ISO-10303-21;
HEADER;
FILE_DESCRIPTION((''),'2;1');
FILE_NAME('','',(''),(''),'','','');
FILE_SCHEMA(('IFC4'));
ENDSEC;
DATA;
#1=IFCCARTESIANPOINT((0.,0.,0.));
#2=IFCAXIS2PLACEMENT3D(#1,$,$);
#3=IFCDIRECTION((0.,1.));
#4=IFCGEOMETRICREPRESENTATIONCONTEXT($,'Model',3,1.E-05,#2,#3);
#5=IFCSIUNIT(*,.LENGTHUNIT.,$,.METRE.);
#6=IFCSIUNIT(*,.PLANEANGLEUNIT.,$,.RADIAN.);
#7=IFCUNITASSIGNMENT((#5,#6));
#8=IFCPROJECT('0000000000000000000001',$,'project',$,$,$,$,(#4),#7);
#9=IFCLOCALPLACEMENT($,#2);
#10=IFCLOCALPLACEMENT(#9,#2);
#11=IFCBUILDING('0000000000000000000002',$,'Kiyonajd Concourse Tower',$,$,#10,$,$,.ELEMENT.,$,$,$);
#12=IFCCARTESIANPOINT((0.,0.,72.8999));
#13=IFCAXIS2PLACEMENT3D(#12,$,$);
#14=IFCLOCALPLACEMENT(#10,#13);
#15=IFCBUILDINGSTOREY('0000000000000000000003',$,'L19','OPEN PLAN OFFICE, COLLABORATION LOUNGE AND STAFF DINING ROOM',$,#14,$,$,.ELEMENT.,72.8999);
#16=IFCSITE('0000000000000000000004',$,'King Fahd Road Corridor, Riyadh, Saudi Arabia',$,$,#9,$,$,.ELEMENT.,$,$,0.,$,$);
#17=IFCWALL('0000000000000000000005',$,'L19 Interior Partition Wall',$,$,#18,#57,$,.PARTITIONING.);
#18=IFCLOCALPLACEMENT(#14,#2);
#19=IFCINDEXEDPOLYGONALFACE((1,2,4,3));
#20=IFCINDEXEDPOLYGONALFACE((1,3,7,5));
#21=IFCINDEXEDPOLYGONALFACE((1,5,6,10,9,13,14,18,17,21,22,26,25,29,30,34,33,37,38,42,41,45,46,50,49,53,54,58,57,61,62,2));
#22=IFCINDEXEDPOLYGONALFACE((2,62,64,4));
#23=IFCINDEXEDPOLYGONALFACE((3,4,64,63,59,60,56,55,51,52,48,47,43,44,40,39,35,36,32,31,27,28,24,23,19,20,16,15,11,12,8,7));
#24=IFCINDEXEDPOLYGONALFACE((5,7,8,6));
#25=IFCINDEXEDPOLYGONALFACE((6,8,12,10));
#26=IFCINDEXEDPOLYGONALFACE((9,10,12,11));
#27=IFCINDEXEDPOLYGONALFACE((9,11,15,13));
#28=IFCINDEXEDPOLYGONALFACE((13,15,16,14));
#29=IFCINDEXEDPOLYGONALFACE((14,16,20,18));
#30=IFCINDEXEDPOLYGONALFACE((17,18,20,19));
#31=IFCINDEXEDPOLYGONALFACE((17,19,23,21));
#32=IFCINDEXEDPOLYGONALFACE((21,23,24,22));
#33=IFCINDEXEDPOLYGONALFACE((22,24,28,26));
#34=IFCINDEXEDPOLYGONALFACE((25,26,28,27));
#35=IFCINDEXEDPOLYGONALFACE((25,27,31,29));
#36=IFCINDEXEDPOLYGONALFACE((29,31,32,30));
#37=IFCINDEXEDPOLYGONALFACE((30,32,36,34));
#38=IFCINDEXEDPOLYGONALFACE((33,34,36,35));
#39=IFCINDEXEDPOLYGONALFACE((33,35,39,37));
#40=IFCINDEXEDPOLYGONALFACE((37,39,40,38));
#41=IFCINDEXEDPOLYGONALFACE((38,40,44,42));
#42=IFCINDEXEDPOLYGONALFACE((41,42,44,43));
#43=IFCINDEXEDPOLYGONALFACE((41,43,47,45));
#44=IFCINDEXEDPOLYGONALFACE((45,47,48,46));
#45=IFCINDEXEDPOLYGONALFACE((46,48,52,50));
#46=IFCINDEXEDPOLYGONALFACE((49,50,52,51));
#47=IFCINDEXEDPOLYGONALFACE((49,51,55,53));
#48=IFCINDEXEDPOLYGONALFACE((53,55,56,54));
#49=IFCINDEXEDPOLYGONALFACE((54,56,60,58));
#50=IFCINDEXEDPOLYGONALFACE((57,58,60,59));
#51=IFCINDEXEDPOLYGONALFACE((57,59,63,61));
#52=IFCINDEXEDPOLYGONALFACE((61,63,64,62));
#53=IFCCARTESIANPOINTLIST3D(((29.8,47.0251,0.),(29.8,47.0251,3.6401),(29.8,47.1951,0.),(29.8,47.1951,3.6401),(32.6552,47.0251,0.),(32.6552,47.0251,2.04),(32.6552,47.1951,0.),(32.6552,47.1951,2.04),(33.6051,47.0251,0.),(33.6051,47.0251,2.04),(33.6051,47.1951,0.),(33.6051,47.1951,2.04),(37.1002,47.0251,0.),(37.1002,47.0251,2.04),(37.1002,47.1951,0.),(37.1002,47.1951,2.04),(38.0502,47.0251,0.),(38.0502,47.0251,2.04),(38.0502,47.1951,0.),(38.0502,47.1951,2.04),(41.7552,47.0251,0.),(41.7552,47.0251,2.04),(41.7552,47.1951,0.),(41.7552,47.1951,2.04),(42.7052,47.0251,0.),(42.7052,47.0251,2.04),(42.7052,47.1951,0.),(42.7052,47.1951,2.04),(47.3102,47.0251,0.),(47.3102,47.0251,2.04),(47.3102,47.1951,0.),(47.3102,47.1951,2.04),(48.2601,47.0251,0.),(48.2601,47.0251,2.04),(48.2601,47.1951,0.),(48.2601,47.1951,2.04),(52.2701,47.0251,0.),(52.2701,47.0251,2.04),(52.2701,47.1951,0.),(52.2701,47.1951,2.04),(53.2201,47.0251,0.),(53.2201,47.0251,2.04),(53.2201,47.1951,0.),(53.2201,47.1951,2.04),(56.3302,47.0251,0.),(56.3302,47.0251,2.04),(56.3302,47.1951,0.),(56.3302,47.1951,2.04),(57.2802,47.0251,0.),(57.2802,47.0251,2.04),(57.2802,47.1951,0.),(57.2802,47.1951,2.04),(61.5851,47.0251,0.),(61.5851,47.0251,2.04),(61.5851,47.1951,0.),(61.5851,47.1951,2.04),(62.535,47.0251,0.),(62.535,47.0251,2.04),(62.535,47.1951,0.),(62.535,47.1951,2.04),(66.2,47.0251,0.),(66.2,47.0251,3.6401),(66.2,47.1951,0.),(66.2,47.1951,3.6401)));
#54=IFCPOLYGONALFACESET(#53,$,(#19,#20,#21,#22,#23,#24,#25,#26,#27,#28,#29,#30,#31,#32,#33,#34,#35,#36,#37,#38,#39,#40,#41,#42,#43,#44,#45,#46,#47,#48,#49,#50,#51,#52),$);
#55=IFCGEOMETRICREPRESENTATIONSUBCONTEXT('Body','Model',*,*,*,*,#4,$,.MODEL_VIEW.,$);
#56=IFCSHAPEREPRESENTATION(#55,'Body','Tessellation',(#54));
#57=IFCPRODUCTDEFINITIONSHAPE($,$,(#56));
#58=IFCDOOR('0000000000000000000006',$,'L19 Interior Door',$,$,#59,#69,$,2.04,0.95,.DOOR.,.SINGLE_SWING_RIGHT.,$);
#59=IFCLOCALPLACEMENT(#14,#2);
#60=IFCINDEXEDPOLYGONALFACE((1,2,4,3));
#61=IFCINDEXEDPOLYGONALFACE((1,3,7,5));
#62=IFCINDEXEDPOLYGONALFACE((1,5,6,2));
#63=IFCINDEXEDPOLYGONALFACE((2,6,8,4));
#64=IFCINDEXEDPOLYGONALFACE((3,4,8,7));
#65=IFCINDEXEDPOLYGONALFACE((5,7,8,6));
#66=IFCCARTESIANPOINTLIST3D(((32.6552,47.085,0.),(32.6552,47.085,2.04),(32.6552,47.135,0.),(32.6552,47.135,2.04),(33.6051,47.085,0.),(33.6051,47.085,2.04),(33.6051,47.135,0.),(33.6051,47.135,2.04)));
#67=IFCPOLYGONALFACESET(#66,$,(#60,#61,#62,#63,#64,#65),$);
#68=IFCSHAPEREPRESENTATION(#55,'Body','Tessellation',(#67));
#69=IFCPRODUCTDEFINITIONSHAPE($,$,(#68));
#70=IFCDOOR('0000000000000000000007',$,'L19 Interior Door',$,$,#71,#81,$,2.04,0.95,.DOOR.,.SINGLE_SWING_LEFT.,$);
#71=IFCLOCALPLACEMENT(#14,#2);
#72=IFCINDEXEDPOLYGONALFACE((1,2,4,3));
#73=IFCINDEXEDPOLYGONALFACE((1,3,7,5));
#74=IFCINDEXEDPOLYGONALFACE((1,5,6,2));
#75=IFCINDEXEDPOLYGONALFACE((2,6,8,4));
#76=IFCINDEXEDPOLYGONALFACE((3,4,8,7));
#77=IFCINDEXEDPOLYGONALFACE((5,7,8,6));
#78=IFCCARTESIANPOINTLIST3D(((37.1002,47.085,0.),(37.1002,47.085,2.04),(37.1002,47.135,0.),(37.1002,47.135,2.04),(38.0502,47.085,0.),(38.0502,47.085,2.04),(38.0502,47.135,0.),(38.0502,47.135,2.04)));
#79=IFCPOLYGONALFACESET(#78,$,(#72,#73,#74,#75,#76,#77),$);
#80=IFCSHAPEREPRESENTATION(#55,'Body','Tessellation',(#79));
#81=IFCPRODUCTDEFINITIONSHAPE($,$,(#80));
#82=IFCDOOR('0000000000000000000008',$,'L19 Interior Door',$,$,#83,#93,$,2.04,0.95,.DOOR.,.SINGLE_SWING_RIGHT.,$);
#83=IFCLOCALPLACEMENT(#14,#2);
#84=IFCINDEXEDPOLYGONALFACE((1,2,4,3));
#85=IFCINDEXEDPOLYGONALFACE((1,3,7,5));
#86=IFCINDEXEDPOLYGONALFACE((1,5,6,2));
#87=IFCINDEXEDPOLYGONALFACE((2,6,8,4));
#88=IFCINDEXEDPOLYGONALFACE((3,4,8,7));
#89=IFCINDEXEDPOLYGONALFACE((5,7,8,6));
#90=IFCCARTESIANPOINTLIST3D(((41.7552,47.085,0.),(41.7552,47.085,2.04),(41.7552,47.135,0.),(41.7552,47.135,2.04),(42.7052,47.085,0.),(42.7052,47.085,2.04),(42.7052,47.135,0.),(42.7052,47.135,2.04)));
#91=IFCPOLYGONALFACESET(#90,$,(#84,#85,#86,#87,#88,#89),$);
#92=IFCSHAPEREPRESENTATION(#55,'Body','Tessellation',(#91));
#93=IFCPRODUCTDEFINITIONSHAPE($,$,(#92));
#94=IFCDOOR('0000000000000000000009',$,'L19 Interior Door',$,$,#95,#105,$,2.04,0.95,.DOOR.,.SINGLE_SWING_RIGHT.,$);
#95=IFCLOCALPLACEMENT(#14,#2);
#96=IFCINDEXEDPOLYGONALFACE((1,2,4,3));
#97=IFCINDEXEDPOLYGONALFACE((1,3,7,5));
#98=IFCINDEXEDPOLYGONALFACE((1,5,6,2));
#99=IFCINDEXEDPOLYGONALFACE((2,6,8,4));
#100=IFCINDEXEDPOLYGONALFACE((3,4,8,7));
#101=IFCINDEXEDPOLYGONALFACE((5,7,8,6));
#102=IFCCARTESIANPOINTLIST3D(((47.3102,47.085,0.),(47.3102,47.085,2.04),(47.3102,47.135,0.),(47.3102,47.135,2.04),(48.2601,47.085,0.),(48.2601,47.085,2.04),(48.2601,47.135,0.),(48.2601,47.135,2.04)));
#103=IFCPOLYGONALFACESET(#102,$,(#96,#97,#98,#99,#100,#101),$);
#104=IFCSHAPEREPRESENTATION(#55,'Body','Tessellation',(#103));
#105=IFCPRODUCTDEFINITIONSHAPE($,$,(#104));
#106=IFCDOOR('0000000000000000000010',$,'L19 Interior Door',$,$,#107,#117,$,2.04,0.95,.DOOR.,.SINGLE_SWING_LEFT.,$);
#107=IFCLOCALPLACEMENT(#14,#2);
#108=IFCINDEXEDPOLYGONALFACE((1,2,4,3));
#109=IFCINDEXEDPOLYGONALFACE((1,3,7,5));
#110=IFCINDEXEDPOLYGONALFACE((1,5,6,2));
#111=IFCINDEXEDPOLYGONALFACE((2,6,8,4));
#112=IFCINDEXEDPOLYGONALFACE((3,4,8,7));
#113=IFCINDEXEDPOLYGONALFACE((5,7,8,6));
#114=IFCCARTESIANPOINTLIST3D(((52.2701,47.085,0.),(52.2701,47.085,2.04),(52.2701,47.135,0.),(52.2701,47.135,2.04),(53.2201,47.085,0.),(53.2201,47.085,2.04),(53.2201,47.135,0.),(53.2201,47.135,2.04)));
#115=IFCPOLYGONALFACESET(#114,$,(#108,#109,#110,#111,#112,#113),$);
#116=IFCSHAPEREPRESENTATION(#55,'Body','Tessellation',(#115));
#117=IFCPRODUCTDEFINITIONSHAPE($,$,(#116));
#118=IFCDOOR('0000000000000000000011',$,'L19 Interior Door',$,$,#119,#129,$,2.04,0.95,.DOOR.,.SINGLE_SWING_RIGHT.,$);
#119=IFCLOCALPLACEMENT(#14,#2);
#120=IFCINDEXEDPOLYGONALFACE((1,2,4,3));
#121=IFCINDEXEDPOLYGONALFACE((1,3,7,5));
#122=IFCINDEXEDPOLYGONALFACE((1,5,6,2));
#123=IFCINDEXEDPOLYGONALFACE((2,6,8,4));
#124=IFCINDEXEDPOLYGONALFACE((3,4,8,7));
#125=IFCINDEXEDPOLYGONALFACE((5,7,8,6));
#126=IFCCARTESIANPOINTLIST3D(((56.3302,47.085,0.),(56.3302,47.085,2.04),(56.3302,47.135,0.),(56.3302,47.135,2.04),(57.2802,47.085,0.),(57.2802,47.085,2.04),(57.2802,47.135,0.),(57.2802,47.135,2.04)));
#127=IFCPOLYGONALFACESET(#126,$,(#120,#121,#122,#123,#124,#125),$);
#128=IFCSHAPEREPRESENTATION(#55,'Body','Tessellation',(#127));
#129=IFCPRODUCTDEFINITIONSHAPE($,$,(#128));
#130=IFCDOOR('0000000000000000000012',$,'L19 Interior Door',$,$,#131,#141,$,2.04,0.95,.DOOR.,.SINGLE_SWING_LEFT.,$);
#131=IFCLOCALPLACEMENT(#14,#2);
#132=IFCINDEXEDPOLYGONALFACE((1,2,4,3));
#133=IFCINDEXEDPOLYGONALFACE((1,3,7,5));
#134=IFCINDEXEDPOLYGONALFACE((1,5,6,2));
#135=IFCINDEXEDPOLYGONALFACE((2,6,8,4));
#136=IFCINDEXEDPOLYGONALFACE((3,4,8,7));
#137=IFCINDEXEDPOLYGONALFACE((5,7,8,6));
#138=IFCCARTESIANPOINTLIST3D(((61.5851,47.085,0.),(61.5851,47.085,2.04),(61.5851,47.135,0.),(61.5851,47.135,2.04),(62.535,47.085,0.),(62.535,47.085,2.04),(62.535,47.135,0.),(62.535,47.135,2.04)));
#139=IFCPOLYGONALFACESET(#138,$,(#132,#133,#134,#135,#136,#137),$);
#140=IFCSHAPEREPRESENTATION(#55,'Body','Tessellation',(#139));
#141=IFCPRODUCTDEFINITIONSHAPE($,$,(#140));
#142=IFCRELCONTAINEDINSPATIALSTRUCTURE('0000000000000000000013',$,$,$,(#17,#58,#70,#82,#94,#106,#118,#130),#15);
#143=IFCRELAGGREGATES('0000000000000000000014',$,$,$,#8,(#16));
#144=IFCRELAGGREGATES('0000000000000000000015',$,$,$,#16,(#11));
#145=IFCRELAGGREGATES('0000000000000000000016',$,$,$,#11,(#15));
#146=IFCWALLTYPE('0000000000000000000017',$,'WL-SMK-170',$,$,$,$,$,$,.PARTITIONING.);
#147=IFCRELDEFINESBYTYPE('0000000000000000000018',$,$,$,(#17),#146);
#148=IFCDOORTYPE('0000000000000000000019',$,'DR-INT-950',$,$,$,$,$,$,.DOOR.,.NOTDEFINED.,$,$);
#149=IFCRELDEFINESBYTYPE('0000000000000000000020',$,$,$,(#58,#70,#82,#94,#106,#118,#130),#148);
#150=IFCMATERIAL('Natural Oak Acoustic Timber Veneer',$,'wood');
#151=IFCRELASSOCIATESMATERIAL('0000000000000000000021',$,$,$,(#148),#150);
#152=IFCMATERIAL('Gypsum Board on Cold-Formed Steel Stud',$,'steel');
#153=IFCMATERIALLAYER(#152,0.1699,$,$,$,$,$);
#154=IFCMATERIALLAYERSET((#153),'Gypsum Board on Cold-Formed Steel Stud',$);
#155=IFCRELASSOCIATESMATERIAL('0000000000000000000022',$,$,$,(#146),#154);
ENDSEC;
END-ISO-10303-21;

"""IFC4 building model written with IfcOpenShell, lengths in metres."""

from ifc_helpers import new_model, si_unit, direction, frame, frame_2d, origin, place, context, subcontext, project, spatial, rectangle, extrude, material, layer, layer_set, type_object, element, fill, save


model = new_model("IFC4")

# Units and contexts
model_context = context("Model", 3, precision=1e-05, world=origin(), true_north=direction((0.0, 1.0)))
body_context = subcontext(model_context, "Body", "Model", "MODEL_VIEW")
ifc_project = project(units=[si_unit("LENGTHUNIT", "METRE"), si_unit("PLANEANGLEUNIT", "RADIAN")], contexts=[model_context])

# Site, building, storey
site_placement = place(None, origin())
site = spatial("IfcSite", under=ifc_project, at=site_placement, Name="King Fahd Road Corridor, Riyadh, Saudi Arabia", CompositionType="ELEMENT", RefElevation=0.0)
building_placement = place(site_placement, origin())
building = spatial("IfcBuilding", under=site, at=building_placement, Name="Kiyonajd Concourse Tower", CompositionType="ELEMENT")
storey_placement = place(building_placement, frame((0.0, 0.0, 72.8999)))
storey = spatial("IfcBuildingStorey", under=building, at=storey_placement, Name="L19", Description="OPEN PLAN OFFICE, COLLABORATION LOUNGE AND STAFF DINING ROOM", CompositionType="ELEMENT", Elevation=72.8999)

# Shared definitions
ifc_material_1 = material(Name="Natural Oak Acoustic Timber Veneer", Category="wood")
door_type_1 = type_object("IfcDoorType", Name="DR-INT-950", OperationType="NOTDEFINED", PredefinedType="DOOR", material=ifc_material_1)

# Shared definitions
ifc_material_2 = material(Name="Gypsum Board on Cold-Formed Steel Stud", Category="steel")

# Wall, openings, doors
ifc_layer_1 = layer(ifc_material_2, 0.1699)
ifc_layer_set_1 = layer_set([ifc_layer_1], Name="Gypsum Board on Cold-Formed Steel Stud")
wall_type_1 = type_object("IfcWallType", Name="WL-SMK-170", PredefinedType="PARTITIONING", material=ifc_layer_set_1)
wall_1_placement = place(storey_placement, frame((29.8, 47.1101, 0.0), z_axis=(0.0, 0.0, 1.0), x_axis=(1.0, 0.0, 0.0)))
wall_1 = element("IfcWall", 1, at=wall_1_placement, inside=storey, type_object=wall_type_1, Name="L19 Interior Partition Wall", PredefinedType="PARTITIONING", context=body_context, shape_type="SweptSolid", body=[
    extrude(rectangle(XDim=36.3999, YDim=0.1699, at=frame_2d((18.2, 0.0))), origin(), (0.0, 0.0, 1.0), 3.6401),
])
opening_1_placement = place(wall_1_placement, frame((2.855, 0.0, 0.0)))
opening_1 = element("IfcOpeningElement", 2, at=opening_1_placement, cuts=wall_1, PredefinedType="OPENING", context=body_context, shape_type="SweptSolid", body=[
    extrude(rectangle(XDim=0.95, YDim=2.04, at=frame_2d((0.4751, 1.02))), frame((0.0, 0.095, 0.0), z_axis=(0.0, -1.0, 0.0), x_axis=(1.0, 0.0, 0.0)), (0.0, 0.0, 1.0), 0.1899),
])
opening_2_placement = place(wall_1_placement, frame((7.3, 0.0, 0.0)))
opening_2 = element("IfcOpeningElement", 3, at=opening_2_placement, cuts=wall_1, PredefinedType="OPENING", context=body_context, shape_type="SweptSolid", body=[
    extrude(rectangle(XDim=0.95, YDim=2.04, at=frame_2d((0.4751, 1.02))), frame((0.0, 0.095, 0.0), z_axis=(0.0, -1.0, 0.0), x_axis=(1.0, 0.0, 0.0)), (0.0, 0.0, 1.0), 0.1899),
])
opening_3_placement = place(wall_1_placement, frame((11.9551, 0.0, 0.0)))
opening_3 = element("IfcOpeningElement", 4, at=opening_3_placement, cuts=wall_1, PredefinedType="OPENING", context=body_context, shape_type="SweptSolid", body=[
    extrude(rectangle(XDim=0.95, YDim=2.04, at=frame_2d((0.4751, 1.02))), frame((0.0, 0.095, 0.0), z_axis=(0.0, -1.0, 0.0), x_axis=(1.0, 0.0, 0.0)), (0.0, 0.0, 1.0), 0.1899),
])
opening_4_placement = place(wall_1_placement, frame((17.51, 0.0, 0.0)))
opening_4 = element("IfcOpeningElement", 5, at=opening_4_placement, cuts=wall_1, PredefinedType="OPENING", context=body_context, shape_type="SweptSolid", body=[
    extrude(rectangle(XDim=0.95, YDim=2.04, at=frame_2d((0.4751, 1.02))), frame((0.0, 0.095, 0.0), z_axis=(0.0, -1.0, 0.0), x_axis=(1.0, 0.0, 0.0)), (0.0, 0.0, 1.0), 0.1899),
])
opening_5_placement = place(wall_1_placement, frame((22.47, 0.0, 0.0)))
opening_5 = element("IfcOpeningElement", 6, at=opening_5_placement, cuts=wall_1, PredefinedType="OPENING", context=body_context, shape_type="SweptSolid", body=[
    extrude(rectangle(XDim=0.95, YDim=2.04, at=frame_2d((0.4751, 1.02))), frame((0.0, 0.095, 0.0), z_axis=(0.0, -1.0, 0.0), x_axis=(1.0, 0.0, 0.0)), (0.0, 0.0, 1.0), 0.1899),
])
opening_6_placement = place(wall_1_placement, frame((26.53, 0.0, 0.0)))
opening_6 = element("IfcOpeningElement", 7, at=opening_6_placement, cuts=wall_1, PredefinedType="OPENING", context=body_context, shape_type="SweptSolid", body=[
    extrude(rectangle(XDim=0.95, YDim=2.04, at=frame_2d((0.4751, 1.02))), frame((0.0, 0.095, 0.0), z_axis=(0.0, -1.0, 0.0), x_axis=(1.0, 0.0, 0.0)), (0.0, 0.0, 1.0), 0.1899),
])
opening_7_placement = place(wall_1_placement, frame((31.7849, 0.0, 0.0)))
opening_7 = element("IfcOpeningElement", 8, at=opening_7_placement, cuts=wall_1, PredefinedType="OPENING", context=body_context, shape_type="SweptSolid", body=[
    extrude(rectangle(XDim=0.95, YDim=2.04, at=frame_2d((0.4751, 1.02))), frame((0.0, 0.095, 0.0), z_axis=(0.0, -1.0, 0.0), x_axis=(1.0, 0.0, 0.0)), (0.0, 0.0, 1.0), 0.1899),
])
door_1_placement = place(opening_1_placement, origin())
door_1 = element("IfcDoor", 9, at=door_1_placement, inside=storey, type_object=door_type_1, Name="L19 Interior Door", OperationType="SINGLE_SWING_RIGHT", OverallHeight=2.04, OverallWidth=0.95, PredefinedType="DOOR", context=body_context, shape_type="SweptSolid", body=[
    extrude(rectangle(XDim=0.95, YDim=2.04, at=frame_2d((0.4751, 1.02))), frame((0.0, 0.0249, 0.0), z_axis=(0.0, -1.0, 0.0), x_axis=(1.0, 0.0, 0.0)), (0.0, 0.0, 1.0), 0.05),
])
fill(opening_1, door_1)
door_2_placement = place(opening_2_placement, origin())
door_2 = element("IfcDoor", 10, at=door_2_placement, inside=storey, type_object=door_type_1, Name="L19 Interior Door", OperationType="SINGLE_SWING_LEFT", OverallHeight=2.04, OverallWidth=0.95, PredefinedType="DOOR", context=body_context, shape_type="SweptSolid", body=[
    extrude(rectangle(XDim=0.95, YDim=2.04, at=frame_2d((0.4751, 1.02))), frame((0.0, 0.0249, 0.0), z_axis=(0.0, -1.0, 0.0), x_axis=(1.0, 0.0, 0.0)), (0.0, 0.0, 1.0), 0.05),
])
fill(opening_2, door_2)
door_3_placement = place(opening_3_placement, origin())
door_3 = element("IfcDoor", 11, at=door_3_placement, inside=storey, type_object=door_type_1, Name="L19 Interior Door", OperationType="SINGLE_SWING_RIGHT", OverallHeight=2.04, OverallWidth=0.95, PredefinedType="DOOR", context=body_context, shape_type="SweptSolid", body=[
    extrude(rectangle(XDim=0.95, YDim=2.04, at=frame_2d((0.4751, 1.02))), frame((0.0, 0.0249, 0.0), z_axis=(0.0, -1.0, 0.0), x_axis=(1.0, 0.0, 0.0)), (0.0, 0.0, 1.0), 0.05),
])
fill(opening_3, door_3)
door_4_placement = place(opening_4_placement, origin())
door_4 = element("IfcDoor", 12, at=door_4_placement, inside=storey, type_object=door_type_1, Name="L19 Interior Door", OperationType="SINGLE_SWING_RIGHT", OverallHeight=2.04, OverallWidth=0.95, PredefinedType="DOOR", context=body_context, shape_type="SweptSolid", body=[
    extrude(rectangle(XDim=0.95, YDim=2.04, at=frame_2d((0.4751, 1.02))), frame((0.0, 0.0249, 0.0), z_axis=(0.0, -1.0, 0.0), x_axis=(1.0, 0.0, 0.0)), (0.0, 0.0, 1.0), 0.05),
])
fill(opening_4, door_4)
door_5_placement = place(opening_5_placement, origin())
door_5 = element("IfcDoor", 13, at=door_5_placement, inside=storey, type_object=door_type_1, Name="L19 Interior Door", OperationType="SINGLE_SWING_LEFT", OverallHeight=2.04, OverallWidth=0.95, PredefinedType="DOOR", context=body_context, shape_type="SweptSolid", body=[
    extrude(rectangle(XDim=0.95, YDim=2.04, at=frame_2d((0.4751, 1.02))), frame((0.0, 0.0249, 0.0), z_axis=(0.0, -1.0, 0.0), x_axis=(1.0, 0.0, 0.0)), (0.0, 0.0, 1.0), 0.05),
])
fill(opening_5, door_5)
door_6_placement = place(opening_6_placement, origin())
door_6 = element("IfcDoor", 14, at=door_6_placement, inside=storey, type_object=door_type_1, Name="L19 Interior Door", OperationType="SINGLE_SWING_RIGHT", OverallHeight=2.04, OverallWidth=0.95, PredefinedType="DOOR", context=body_context, shape_type="SweptSolid", body=[
    extrude(rectangle(XDim=0.95, YDim=2.04, at=frame_2d((0.4751, 1.02))), frame((0.0, 0.0249, 0.0), z_axis=(0.0, -1.0, 0.0), x_axis=(1.0, 0.0, 0.0)), (0.0, 0.0, 1.0), 0.05),
])
fill(opening_6, door_6)
door_7_placement = place(opening_7_placement, origin())
door_7 = element("IfcDoor", 15, at=door_7_placement, inside=storey, type_object=door_type_1, Name="L19 Interior Door", OperationType="SINGLE_SWING_LEFT", OverallHeight=2.04, OverallWidth=0.95, PredefinedType="DOOR", context=body_context, shape_type="SweptSolid", body=[
    extrude(rectangle(XDim=0.95, YDim=2.04, at=frame_2d((0.4751, 1.02))), frame((0.0, 0.0249, 0.0), z_axis=(0.0, -1.0, 0.0), x_axis=(1.0, 0.0, 0.0)), (0.0, 0.0, 1.0), 0.05),
])
fill(opening_7, door_7)

save(model, "model.ifc")
